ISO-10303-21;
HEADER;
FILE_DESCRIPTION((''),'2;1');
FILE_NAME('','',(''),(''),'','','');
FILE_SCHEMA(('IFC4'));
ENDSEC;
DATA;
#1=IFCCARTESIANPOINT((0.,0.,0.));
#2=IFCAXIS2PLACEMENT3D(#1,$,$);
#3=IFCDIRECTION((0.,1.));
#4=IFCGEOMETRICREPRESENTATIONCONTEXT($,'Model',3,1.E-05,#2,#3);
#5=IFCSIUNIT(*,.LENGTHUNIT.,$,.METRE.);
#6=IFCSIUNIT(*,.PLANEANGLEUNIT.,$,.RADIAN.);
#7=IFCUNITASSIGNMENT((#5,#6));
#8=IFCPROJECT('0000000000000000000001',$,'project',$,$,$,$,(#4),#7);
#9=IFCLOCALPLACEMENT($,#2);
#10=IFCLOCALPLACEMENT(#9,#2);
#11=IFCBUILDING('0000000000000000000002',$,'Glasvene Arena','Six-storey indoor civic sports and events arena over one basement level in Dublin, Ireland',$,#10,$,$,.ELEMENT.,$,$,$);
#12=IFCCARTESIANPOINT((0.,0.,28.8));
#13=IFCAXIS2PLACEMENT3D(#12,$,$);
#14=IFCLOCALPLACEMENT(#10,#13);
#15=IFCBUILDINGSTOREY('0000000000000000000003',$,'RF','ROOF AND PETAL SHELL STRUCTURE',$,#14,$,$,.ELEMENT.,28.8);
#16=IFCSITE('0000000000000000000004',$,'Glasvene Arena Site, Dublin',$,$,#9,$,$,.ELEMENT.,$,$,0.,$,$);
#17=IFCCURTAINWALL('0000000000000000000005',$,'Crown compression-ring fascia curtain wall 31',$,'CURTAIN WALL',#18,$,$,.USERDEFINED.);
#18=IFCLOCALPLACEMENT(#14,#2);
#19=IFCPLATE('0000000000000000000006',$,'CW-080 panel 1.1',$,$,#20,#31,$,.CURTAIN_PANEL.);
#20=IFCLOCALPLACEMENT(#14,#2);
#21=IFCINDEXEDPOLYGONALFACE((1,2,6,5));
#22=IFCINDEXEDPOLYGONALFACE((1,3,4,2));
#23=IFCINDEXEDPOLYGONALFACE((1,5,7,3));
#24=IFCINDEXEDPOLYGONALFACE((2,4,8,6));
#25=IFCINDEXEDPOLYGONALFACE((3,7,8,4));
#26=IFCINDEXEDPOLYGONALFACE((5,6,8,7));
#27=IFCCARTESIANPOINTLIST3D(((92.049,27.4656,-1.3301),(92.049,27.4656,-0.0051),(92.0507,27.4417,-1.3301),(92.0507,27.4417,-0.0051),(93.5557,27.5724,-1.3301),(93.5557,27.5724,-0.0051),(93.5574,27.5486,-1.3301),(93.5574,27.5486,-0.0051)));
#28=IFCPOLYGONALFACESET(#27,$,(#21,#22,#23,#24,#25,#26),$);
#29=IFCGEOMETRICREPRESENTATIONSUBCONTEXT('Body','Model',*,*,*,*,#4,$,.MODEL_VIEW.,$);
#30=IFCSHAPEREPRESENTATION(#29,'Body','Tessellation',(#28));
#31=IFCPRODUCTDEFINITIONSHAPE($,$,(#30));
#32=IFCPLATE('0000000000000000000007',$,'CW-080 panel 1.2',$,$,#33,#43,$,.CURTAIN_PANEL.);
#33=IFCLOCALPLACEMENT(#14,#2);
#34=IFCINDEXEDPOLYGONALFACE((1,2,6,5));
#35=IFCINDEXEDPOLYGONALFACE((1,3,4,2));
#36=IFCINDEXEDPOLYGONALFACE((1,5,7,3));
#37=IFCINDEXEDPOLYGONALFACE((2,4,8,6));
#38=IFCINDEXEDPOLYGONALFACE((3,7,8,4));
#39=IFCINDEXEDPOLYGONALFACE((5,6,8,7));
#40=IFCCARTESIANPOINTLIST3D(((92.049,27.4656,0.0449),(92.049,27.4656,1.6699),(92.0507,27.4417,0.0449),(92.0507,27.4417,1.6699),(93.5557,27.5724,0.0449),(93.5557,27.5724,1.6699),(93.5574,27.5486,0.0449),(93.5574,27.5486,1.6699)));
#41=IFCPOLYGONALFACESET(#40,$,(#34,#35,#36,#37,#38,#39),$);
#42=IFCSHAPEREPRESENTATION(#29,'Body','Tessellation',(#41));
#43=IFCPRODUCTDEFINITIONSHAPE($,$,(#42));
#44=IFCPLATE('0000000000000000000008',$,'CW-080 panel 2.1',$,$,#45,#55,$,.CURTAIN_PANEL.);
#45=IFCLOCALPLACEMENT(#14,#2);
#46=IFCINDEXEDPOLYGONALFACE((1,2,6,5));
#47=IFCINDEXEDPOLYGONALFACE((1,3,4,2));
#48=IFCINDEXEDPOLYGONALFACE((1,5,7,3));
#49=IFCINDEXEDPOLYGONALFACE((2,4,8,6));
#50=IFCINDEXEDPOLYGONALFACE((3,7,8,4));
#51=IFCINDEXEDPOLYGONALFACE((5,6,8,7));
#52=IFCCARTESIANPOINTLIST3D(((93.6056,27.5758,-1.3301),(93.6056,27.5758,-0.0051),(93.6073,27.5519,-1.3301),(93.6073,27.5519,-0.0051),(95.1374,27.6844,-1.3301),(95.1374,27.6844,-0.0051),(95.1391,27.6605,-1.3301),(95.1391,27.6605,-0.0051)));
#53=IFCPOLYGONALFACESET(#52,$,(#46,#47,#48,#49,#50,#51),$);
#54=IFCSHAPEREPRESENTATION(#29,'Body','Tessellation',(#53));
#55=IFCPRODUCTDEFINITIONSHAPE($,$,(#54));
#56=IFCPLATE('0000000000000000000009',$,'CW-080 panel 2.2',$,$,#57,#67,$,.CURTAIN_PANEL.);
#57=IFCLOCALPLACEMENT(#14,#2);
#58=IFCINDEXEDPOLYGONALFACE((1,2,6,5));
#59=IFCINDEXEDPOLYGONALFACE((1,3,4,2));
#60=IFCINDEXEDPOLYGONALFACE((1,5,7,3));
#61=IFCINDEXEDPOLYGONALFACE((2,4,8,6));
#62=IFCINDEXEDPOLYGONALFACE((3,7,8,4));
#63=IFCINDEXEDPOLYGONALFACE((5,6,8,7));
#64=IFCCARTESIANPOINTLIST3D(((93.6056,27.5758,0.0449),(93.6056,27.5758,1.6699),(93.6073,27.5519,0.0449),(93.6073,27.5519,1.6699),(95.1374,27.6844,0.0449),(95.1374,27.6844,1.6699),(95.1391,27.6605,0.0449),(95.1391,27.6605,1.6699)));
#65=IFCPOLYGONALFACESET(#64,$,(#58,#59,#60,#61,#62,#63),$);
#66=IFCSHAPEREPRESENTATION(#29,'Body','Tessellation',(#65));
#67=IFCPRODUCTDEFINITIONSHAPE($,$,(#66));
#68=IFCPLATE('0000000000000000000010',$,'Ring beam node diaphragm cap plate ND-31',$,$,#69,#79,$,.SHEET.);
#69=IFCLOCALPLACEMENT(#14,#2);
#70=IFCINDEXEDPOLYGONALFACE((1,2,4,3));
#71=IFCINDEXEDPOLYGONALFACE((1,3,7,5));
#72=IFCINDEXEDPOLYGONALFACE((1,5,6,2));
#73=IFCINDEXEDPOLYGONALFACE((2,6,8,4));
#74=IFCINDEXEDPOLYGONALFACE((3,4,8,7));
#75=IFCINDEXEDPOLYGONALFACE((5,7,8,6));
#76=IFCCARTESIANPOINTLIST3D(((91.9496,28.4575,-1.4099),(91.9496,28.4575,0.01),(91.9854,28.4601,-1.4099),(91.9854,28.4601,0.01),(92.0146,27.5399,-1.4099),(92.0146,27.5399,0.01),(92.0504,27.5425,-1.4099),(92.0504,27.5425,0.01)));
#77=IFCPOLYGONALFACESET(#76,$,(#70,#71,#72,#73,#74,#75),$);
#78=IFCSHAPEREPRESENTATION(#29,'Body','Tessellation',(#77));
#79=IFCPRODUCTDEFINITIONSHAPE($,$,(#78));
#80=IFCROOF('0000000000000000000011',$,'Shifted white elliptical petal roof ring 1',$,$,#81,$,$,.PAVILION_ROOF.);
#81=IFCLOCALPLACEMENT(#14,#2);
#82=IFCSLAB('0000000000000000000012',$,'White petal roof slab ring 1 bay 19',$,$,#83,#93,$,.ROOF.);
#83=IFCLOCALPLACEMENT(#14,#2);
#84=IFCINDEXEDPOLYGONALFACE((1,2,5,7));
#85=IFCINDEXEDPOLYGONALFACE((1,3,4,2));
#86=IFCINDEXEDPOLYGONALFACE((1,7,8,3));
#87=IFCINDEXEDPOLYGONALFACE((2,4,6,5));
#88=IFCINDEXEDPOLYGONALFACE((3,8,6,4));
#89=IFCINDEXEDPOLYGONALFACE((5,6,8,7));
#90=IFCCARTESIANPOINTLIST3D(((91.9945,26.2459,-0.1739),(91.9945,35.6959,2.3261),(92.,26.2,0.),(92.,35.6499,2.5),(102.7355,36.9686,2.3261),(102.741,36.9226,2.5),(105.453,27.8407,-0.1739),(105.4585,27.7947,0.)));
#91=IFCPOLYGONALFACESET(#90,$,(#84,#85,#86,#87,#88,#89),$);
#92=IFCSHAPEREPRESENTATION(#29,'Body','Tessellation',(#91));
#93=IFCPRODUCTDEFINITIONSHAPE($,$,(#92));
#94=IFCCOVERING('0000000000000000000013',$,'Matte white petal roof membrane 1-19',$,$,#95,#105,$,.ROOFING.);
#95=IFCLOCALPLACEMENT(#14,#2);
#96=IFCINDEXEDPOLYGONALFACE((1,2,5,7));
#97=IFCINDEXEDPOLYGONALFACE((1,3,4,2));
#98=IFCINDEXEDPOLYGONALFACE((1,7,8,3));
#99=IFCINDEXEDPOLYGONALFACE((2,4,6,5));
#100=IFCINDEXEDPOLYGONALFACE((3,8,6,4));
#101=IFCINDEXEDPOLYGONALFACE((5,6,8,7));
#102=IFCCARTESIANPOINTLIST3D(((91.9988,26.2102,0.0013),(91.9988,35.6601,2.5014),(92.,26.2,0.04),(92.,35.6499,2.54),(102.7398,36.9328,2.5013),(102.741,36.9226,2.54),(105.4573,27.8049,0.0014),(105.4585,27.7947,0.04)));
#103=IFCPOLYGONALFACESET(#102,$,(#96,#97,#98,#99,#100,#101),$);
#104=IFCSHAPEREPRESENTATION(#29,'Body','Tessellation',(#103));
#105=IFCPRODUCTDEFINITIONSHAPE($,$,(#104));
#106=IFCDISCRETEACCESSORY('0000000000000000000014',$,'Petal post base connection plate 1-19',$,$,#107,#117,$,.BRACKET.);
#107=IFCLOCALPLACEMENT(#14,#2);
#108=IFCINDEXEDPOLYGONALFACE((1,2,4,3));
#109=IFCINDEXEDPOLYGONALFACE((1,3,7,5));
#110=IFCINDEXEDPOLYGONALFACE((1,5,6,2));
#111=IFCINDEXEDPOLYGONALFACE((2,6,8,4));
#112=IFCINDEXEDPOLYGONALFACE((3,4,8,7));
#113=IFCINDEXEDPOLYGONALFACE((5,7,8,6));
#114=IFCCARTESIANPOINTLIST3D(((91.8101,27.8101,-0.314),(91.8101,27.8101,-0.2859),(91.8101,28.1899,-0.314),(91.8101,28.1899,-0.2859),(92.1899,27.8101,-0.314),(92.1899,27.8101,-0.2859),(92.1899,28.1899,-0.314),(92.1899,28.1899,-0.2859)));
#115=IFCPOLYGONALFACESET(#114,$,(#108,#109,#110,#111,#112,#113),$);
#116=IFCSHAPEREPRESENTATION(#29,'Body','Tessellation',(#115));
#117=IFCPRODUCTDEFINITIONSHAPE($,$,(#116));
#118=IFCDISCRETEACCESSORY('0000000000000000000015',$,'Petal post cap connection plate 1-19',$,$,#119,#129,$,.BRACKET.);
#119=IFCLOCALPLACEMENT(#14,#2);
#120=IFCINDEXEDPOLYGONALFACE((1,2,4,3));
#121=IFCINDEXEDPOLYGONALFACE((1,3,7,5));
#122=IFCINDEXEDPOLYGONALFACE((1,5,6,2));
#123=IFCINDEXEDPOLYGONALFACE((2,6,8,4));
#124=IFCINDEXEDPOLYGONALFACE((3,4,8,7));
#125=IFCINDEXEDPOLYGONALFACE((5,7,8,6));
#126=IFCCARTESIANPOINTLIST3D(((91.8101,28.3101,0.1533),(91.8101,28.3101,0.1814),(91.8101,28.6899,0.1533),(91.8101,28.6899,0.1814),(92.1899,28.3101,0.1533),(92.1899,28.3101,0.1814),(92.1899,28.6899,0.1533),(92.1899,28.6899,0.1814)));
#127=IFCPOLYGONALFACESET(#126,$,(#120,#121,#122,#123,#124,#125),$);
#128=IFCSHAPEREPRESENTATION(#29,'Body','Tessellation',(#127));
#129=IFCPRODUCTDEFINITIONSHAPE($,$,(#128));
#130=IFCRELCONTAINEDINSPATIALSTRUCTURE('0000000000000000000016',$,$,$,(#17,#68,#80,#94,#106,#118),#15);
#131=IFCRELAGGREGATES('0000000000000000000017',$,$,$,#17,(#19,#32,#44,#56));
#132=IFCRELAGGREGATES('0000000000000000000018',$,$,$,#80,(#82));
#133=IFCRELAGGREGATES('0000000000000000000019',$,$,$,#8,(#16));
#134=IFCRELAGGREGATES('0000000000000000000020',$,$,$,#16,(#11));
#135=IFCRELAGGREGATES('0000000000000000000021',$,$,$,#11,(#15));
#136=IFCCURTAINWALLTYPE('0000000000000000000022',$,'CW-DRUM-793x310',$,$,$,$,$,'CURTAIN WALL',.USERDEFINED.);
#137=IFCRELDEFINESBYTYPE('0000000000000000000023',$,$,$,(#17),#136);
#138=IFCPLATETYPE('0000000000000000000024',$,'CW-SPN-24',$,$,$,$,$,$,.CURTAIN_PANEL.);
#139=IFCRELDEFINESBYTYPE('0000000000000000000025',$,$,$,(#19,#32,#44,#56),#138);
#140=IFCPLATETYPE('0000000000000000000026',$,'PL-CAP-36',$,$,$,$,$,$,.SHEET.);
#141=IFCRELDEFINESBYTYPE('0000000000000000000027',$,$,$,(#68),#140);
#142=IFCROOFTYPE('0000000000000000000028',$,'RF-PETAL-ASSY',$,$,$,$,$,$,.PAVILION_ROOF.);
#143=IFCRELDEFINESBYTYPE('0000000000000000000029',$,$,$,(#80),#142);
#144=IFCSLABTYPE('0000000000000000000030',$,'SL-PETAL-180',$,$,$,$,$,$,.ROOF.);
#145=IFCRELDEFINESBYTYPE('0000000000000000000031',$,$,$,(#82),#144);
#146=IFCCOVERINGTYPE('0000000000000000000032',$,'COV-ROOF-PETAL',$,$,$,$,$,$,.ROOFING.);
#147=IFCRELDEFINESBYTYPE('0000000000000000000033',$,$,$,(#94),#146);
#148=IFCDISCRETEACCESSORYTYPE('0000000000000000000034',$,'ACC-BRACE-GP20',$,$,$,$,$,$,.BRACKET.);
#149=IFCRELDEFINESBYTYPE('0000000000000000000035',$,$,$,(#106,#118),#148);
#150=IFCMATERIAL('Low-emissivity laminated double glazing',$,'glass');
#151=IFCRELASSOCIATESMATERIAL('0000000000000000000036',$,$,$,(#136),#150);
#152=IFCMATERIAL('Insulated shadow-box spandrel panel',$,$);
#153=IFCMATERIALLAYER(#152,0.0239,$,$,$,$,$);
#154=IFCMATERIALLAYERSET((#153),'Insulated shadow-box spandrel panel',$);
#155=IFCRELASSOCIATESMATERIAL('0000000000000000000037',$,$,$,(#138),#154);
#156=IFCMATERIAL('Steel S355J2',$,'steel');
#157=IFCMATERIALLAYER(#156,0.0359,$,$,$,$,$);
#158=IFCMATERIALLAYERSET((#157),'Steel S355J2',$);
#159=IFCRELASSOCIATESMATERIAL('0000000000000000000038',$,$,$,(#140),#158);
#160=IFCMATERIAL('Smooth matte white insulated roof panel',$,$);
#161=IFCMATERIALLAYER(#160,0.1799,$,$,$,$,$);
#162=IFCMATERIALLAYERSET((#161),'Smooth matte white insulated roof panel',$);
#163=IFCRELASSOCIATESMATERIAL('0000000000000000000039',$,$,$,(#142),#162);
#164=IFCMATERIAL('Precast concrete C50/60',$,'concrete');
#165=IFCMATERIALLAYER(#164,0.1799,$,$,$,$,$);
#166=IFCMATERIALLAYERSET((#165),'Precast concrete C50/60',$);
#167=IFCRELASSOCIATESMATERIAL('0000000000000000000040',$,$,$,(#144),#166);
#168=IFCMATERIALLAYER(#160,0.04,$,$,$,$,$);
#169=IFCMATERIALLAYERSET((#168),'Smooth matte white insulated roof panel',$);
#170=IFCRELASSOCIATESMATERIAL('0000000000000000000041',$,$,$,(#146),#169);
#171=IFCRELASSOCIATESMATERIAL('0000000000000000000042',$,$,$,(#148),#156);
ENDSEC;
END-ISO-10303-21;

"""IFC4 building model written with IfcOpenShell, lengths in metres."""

from ifc_helpers import new_model, si_unit, direction, frame, origin, origin_2d, place, context, subcontext, project, spatial, polyline, rectangle, outline, extrude, material, layer, layer_set, type_object, element, aggregate, save


model = new_model("IFC4")

# Units and contexts
model_context = context("Model", 3, precision=1e-05, world=origin(), true_north=direction((0.0, 1.0)))
body_context = subcontext(model_context, "Body", "Model", "MODEL_VIEW")
ifc_project = project(units=[si_unit("LENGTHUNIT", "METRE"), si_unit("PLANEANGLEUNIT", "RADIAN")], contexts=[model_context])

# Site, building, storey
site_placement = place(None, origin())
site = spatial("IfcSite", under=ifc_project, at=site_placement, Name="Glasvene Arena Site, Dublin", CompositionType="ELEMENT", RefElevation=0.0)
building_placement = place(site_placement, origin())
building = spatial("IfcBuilding", under=site, at=building_placement, Name="Glasvene Arena", Description="Six-storey indoor civic sports and events arena over one basement level in Dublin, Ireland", CompositionType="ELEMENT")
storey_placement = place(building_placement, frame((0.0, 0.0, 28.8)))
storey = spatial("IfcBuildingStorey", under=building, at=storey_placement, Name="RF", Description="ROOF AND PETAL SHELL STRUCTURE", CompositionType="ELEMENT", Elevation=28.8)

# Shared definitions
ifc_material_1 = material(Name="Steel S355J2", Category="steel")

# Shared definitions
ifc_material_2 = material(Name="Low-emissivity laminated double glazing", Category="glass")
curtain_wall_type_1 = type_object("IfcCurtainWallType", Name="CW-DRUM-793x310", ElementType="CURTAIN WALL", PredefinedType="USERDEFINED", material=ifc_material_2)

# Curtain wall
curtain_wall_1_placement = place(storey_placement, frame((92.0, 27.45, 0.0)))
curtain_wall_1 = element("IfcCurtainWall", 1, at=curtain_wall_1_placement, inside=storey, type_object=curtain_wall_type_1, Name="Crown compression-ring fascia curtain wall 31", ObjectType="CURTAIN WALL", PredefinedType="USERDEFINED")

# Plates
ifc_material_3 = material(Name="Insulated shadow-box spandrel panel")
ifc_layer_1 = layer(ifc_material_3, 0.0239)
ifc_layer_set_1 = layer_set([ifc_layer_1], Name="Insulated shadow-box spandrel panel")
plate_type_1 = type_object("IfcPlateType", Name="CW-SPN-24", PredefinedType="CURTAIN_PANEL", material=ifc_layer_set_1)
plate_1_placement = place(storey_placement, frame((92.8032, 27.5071, -1.3301), z_axis=(0.0, 0.0, 1.0), x_axis=(0.997495, 0.07074, 0.0)))
plate_1 = element("IfcPlate", 2, at=plate_1_placement, type_object=plate_type_1, Name="CW-080 panel 1.1", PredefinedType="CURTAIN_PANEL", context=body_context, shape_type="SweptSolid", body=[
    extrude(rectangle(XDim=1.5105, YDim=0.0239, at=origin_2d()), origin(), (0.0, 0.0, 1.0), 1.325),
])
plate_2_placement = place(storey_placement, frame((92.8032, 27.5071, 0.0449), z_axis=(0.0, 0.0, 1.0), x_axis=(0.997495, 0.07074, 0.0)))
plate_2 = element("IfcPlate", 3, at=plate_2_placement, type_object=plate_type_1, Name="CW-080 panel 1.2", PredefinedType="CURTAIN_PANEL", context=body_context, shape_type="SweptSolid", body=[
    extrude(rectangle(XDim=1.5105, YDim=0.0239, at=origin_2d()), origin(), (0.0, 0.0, 1.0), 1.625),
])
plate_3_placement = place(storey_placement, frame((94.3723, 27.6182, -1.3301), z_axis=(0.0, 0.0, 1.0), x_axis=(0.997495, 0.07074, 0.0)))
plate_3 = element("IfcPlate", 4, at=plate_3_placement, type_object=plate_type_1, Name="CW-080 panel 2.1", PredefinedType="CURTAIN_PANEL", context=body_context, shape_type="SweptSolid", body=[
    extrude(rectangle(XDim=1.5356, YDim=0.0239, at=origin_2d()), origin(), (0.0, 0.0, 1.0), 1.325),
])
plate_4_placement = place(storey_placement, frame((94.3723, 27.6182, 0.0449), z_axis=(0.0, 0.0, 1.0), x_axis=(0.997495, 0.07074, 0.0)))
plate_4 = element("IfcPlate", 5, at=plate_4_placement, type_object=plate_type_1, Name="CW-080 panel 2.2", PredefinedType="CURTAIN_PANEL", context=body_context, shape_type="SweptSolid", body=[
    extrude(rectangle(XDim=1.5356, YDim=0.0239, at=origin_2d()), origin(), (0.0, 0.0, 1.0), 1.625),
])
aggregate(curtain_wall_1, [plate_1, plate_2, plate_3, plate_4])
ifc_layer_2 = layer(ifc_material_1, 0.0359)
ifc_layer_set_2 = layer_set([ifc_layer_2], Name="Steel S355J2")
plate_type_2 = type_object("IfcPlateType", Name="PL-CAP-36", PredefinedType="SHEET", material=ifc_layer_set_2)
plate_5_placement = place(storey_placement, frame((92.0, 28.0, -1.4099), z_axis=(0.0, 0.0, 1.0), x_axis=(0.997503, 0.070627, 0.0)))
element("IfcPlate", 6, at=plate_5_placement, inside=storey, type_object=plate_type_2, Name="Ring beam node diaphragm cap plate ND-31", PredefinedType="SHEET", context=body_context, shape_type="SweptSolid", body=[
    extrude(rectangle(XDim=0.0359, YDim=0.9199, at=origin_2d()), origin(), (0.0, 0.0, 1.0), 1.4199),
])

# Roof, slab
ifc_material_4 = material(Name="Smooth matte white insulated roof panel")
ifc_layer_3 = layer(ifc_material_4, 0.1799)
ifc_layer_set_3 = layer_set([ifc_layer_3], Name="Smooth matte white insulated roof panel")
roof_type = type_object("IfcRoofType", Name="RF-PETAL-ASSY", PredefinedType="PAVILION_ROOF", material=ifc_layer_set_3)
roof_placement = place(storey_placement, frame((92.0, 73.0, 0.0)))
roof = element("IfcRoof", 7, at=roof_placement, inside=storey, type_object=roof_type, Name="Shifted white elliptical petal roof ring 1", PredefinedType="PAVILION_ROOF")
ifc_material_5 = material(Name="Precast concrete C50/60", Category="concrete")
ifc_layer_4 = layer(ifc_material_5, 0.1799)
ifc_layer_set_4 = layer_set([ifc_layer_4], Name="Precast concrete C50/60")
slab_type = type_object("IfcSlabType", Name="SL-PETAL-180", PredefinedType="ROOF", material=ifc_layer_set_4)
slab_placement = place(storey_placement, frame((92.0, 26.2, 0.0), z_axis=(0.030291, -0.255636, 0.966298), x_axis=(0.993053, 0.117669, 0.0)))
slab = element("IfcSlab", 8, at=slab_placement, type_object=slab_type, Name="White petal roof slab ring 1 bay 19", PredefinedType="ROOF", context=body_context, shape_type="SweptSolid", body=[
    extrude(outline(polyline([(0.0, 0.0), (13.5526, 0.0), (11.9281, 9.7116), (1.112, 9.7116), (0.0, 0.0)])), origin(), (0.0, 0.0, -1.0), 0.1799),
])
aggregate(roof, [slab])

# Covering
ifc_layer_5 = layer(ifc_material_4, 0.04)
ifc_layer_set_5 = layer_set([ifc_layer_5], Name="Smooth matte white insulated roof panel")
covering_type = type_object("IfcCoveringType", Name="COV-ROOF-PETAL", PredefinedType="ROOFING", material=ifc_layer_set_5)
covering_placement = place(storey_placement, frame((92.0, 26.2, 0.04), z_axis=(0.030291, -0.255636, 0.966298), x_axis=(0.993053, 0.117669, 0.0)))
element("IfcCovering", 9, at=covering_placement, inside=storey, type_object=covering_type, Name="Matte white petal roof membrane 1-19", PredefinedType="ROOFING", context=body_context, shape_type="SweptSolid", body=[
    extrude(outline(polyline([(0.0, 0.0), (13.5526, 0.0), (11.9281, 9.7116), (1.112, 9.7116), (0.0, 0.0)])), origin(), (0.0, 0.0, -1.0), 0.04),
])

# Discrete accessories
discrete_accessory_type = type_object("IfcDiscreteAccessoryType", Name="ACC-BRACE-GP20", PredefinedType="BRACKET", material=ifc_material_1)
for number, where, z_axis, x_axis, name in (
    (10, (92.0, 28.0, -0.314), (0.0, 0.0, 1.0), (1.0, 0.0, 0.0), "Petal post base connection plate 1-19"),
    (11, (92.0, 28.5, 0.1533), (0.0, 0.0, 1.0), (1.0, 0.0, 0.0), "Petal post cap connection plate 1-19"),
):
    element("IfcDiscreteAccessory", number, at=place(storey_placement, frame(where, z_axis=z_axis, x_axis=x_axis)), inside=storey, type_object=discrete_accessory_type, Name=name, PredefinedType="BRACKET", context=body_context, shape_type="SweptSolid", body=[
        extrude(rectangle(XDim=0.3799, YDim=0.3799, at=origin_2d()), origin(), (0.0, 0.0, 1.0), 0.0281),
    ])

save(model, "model.ifc")
